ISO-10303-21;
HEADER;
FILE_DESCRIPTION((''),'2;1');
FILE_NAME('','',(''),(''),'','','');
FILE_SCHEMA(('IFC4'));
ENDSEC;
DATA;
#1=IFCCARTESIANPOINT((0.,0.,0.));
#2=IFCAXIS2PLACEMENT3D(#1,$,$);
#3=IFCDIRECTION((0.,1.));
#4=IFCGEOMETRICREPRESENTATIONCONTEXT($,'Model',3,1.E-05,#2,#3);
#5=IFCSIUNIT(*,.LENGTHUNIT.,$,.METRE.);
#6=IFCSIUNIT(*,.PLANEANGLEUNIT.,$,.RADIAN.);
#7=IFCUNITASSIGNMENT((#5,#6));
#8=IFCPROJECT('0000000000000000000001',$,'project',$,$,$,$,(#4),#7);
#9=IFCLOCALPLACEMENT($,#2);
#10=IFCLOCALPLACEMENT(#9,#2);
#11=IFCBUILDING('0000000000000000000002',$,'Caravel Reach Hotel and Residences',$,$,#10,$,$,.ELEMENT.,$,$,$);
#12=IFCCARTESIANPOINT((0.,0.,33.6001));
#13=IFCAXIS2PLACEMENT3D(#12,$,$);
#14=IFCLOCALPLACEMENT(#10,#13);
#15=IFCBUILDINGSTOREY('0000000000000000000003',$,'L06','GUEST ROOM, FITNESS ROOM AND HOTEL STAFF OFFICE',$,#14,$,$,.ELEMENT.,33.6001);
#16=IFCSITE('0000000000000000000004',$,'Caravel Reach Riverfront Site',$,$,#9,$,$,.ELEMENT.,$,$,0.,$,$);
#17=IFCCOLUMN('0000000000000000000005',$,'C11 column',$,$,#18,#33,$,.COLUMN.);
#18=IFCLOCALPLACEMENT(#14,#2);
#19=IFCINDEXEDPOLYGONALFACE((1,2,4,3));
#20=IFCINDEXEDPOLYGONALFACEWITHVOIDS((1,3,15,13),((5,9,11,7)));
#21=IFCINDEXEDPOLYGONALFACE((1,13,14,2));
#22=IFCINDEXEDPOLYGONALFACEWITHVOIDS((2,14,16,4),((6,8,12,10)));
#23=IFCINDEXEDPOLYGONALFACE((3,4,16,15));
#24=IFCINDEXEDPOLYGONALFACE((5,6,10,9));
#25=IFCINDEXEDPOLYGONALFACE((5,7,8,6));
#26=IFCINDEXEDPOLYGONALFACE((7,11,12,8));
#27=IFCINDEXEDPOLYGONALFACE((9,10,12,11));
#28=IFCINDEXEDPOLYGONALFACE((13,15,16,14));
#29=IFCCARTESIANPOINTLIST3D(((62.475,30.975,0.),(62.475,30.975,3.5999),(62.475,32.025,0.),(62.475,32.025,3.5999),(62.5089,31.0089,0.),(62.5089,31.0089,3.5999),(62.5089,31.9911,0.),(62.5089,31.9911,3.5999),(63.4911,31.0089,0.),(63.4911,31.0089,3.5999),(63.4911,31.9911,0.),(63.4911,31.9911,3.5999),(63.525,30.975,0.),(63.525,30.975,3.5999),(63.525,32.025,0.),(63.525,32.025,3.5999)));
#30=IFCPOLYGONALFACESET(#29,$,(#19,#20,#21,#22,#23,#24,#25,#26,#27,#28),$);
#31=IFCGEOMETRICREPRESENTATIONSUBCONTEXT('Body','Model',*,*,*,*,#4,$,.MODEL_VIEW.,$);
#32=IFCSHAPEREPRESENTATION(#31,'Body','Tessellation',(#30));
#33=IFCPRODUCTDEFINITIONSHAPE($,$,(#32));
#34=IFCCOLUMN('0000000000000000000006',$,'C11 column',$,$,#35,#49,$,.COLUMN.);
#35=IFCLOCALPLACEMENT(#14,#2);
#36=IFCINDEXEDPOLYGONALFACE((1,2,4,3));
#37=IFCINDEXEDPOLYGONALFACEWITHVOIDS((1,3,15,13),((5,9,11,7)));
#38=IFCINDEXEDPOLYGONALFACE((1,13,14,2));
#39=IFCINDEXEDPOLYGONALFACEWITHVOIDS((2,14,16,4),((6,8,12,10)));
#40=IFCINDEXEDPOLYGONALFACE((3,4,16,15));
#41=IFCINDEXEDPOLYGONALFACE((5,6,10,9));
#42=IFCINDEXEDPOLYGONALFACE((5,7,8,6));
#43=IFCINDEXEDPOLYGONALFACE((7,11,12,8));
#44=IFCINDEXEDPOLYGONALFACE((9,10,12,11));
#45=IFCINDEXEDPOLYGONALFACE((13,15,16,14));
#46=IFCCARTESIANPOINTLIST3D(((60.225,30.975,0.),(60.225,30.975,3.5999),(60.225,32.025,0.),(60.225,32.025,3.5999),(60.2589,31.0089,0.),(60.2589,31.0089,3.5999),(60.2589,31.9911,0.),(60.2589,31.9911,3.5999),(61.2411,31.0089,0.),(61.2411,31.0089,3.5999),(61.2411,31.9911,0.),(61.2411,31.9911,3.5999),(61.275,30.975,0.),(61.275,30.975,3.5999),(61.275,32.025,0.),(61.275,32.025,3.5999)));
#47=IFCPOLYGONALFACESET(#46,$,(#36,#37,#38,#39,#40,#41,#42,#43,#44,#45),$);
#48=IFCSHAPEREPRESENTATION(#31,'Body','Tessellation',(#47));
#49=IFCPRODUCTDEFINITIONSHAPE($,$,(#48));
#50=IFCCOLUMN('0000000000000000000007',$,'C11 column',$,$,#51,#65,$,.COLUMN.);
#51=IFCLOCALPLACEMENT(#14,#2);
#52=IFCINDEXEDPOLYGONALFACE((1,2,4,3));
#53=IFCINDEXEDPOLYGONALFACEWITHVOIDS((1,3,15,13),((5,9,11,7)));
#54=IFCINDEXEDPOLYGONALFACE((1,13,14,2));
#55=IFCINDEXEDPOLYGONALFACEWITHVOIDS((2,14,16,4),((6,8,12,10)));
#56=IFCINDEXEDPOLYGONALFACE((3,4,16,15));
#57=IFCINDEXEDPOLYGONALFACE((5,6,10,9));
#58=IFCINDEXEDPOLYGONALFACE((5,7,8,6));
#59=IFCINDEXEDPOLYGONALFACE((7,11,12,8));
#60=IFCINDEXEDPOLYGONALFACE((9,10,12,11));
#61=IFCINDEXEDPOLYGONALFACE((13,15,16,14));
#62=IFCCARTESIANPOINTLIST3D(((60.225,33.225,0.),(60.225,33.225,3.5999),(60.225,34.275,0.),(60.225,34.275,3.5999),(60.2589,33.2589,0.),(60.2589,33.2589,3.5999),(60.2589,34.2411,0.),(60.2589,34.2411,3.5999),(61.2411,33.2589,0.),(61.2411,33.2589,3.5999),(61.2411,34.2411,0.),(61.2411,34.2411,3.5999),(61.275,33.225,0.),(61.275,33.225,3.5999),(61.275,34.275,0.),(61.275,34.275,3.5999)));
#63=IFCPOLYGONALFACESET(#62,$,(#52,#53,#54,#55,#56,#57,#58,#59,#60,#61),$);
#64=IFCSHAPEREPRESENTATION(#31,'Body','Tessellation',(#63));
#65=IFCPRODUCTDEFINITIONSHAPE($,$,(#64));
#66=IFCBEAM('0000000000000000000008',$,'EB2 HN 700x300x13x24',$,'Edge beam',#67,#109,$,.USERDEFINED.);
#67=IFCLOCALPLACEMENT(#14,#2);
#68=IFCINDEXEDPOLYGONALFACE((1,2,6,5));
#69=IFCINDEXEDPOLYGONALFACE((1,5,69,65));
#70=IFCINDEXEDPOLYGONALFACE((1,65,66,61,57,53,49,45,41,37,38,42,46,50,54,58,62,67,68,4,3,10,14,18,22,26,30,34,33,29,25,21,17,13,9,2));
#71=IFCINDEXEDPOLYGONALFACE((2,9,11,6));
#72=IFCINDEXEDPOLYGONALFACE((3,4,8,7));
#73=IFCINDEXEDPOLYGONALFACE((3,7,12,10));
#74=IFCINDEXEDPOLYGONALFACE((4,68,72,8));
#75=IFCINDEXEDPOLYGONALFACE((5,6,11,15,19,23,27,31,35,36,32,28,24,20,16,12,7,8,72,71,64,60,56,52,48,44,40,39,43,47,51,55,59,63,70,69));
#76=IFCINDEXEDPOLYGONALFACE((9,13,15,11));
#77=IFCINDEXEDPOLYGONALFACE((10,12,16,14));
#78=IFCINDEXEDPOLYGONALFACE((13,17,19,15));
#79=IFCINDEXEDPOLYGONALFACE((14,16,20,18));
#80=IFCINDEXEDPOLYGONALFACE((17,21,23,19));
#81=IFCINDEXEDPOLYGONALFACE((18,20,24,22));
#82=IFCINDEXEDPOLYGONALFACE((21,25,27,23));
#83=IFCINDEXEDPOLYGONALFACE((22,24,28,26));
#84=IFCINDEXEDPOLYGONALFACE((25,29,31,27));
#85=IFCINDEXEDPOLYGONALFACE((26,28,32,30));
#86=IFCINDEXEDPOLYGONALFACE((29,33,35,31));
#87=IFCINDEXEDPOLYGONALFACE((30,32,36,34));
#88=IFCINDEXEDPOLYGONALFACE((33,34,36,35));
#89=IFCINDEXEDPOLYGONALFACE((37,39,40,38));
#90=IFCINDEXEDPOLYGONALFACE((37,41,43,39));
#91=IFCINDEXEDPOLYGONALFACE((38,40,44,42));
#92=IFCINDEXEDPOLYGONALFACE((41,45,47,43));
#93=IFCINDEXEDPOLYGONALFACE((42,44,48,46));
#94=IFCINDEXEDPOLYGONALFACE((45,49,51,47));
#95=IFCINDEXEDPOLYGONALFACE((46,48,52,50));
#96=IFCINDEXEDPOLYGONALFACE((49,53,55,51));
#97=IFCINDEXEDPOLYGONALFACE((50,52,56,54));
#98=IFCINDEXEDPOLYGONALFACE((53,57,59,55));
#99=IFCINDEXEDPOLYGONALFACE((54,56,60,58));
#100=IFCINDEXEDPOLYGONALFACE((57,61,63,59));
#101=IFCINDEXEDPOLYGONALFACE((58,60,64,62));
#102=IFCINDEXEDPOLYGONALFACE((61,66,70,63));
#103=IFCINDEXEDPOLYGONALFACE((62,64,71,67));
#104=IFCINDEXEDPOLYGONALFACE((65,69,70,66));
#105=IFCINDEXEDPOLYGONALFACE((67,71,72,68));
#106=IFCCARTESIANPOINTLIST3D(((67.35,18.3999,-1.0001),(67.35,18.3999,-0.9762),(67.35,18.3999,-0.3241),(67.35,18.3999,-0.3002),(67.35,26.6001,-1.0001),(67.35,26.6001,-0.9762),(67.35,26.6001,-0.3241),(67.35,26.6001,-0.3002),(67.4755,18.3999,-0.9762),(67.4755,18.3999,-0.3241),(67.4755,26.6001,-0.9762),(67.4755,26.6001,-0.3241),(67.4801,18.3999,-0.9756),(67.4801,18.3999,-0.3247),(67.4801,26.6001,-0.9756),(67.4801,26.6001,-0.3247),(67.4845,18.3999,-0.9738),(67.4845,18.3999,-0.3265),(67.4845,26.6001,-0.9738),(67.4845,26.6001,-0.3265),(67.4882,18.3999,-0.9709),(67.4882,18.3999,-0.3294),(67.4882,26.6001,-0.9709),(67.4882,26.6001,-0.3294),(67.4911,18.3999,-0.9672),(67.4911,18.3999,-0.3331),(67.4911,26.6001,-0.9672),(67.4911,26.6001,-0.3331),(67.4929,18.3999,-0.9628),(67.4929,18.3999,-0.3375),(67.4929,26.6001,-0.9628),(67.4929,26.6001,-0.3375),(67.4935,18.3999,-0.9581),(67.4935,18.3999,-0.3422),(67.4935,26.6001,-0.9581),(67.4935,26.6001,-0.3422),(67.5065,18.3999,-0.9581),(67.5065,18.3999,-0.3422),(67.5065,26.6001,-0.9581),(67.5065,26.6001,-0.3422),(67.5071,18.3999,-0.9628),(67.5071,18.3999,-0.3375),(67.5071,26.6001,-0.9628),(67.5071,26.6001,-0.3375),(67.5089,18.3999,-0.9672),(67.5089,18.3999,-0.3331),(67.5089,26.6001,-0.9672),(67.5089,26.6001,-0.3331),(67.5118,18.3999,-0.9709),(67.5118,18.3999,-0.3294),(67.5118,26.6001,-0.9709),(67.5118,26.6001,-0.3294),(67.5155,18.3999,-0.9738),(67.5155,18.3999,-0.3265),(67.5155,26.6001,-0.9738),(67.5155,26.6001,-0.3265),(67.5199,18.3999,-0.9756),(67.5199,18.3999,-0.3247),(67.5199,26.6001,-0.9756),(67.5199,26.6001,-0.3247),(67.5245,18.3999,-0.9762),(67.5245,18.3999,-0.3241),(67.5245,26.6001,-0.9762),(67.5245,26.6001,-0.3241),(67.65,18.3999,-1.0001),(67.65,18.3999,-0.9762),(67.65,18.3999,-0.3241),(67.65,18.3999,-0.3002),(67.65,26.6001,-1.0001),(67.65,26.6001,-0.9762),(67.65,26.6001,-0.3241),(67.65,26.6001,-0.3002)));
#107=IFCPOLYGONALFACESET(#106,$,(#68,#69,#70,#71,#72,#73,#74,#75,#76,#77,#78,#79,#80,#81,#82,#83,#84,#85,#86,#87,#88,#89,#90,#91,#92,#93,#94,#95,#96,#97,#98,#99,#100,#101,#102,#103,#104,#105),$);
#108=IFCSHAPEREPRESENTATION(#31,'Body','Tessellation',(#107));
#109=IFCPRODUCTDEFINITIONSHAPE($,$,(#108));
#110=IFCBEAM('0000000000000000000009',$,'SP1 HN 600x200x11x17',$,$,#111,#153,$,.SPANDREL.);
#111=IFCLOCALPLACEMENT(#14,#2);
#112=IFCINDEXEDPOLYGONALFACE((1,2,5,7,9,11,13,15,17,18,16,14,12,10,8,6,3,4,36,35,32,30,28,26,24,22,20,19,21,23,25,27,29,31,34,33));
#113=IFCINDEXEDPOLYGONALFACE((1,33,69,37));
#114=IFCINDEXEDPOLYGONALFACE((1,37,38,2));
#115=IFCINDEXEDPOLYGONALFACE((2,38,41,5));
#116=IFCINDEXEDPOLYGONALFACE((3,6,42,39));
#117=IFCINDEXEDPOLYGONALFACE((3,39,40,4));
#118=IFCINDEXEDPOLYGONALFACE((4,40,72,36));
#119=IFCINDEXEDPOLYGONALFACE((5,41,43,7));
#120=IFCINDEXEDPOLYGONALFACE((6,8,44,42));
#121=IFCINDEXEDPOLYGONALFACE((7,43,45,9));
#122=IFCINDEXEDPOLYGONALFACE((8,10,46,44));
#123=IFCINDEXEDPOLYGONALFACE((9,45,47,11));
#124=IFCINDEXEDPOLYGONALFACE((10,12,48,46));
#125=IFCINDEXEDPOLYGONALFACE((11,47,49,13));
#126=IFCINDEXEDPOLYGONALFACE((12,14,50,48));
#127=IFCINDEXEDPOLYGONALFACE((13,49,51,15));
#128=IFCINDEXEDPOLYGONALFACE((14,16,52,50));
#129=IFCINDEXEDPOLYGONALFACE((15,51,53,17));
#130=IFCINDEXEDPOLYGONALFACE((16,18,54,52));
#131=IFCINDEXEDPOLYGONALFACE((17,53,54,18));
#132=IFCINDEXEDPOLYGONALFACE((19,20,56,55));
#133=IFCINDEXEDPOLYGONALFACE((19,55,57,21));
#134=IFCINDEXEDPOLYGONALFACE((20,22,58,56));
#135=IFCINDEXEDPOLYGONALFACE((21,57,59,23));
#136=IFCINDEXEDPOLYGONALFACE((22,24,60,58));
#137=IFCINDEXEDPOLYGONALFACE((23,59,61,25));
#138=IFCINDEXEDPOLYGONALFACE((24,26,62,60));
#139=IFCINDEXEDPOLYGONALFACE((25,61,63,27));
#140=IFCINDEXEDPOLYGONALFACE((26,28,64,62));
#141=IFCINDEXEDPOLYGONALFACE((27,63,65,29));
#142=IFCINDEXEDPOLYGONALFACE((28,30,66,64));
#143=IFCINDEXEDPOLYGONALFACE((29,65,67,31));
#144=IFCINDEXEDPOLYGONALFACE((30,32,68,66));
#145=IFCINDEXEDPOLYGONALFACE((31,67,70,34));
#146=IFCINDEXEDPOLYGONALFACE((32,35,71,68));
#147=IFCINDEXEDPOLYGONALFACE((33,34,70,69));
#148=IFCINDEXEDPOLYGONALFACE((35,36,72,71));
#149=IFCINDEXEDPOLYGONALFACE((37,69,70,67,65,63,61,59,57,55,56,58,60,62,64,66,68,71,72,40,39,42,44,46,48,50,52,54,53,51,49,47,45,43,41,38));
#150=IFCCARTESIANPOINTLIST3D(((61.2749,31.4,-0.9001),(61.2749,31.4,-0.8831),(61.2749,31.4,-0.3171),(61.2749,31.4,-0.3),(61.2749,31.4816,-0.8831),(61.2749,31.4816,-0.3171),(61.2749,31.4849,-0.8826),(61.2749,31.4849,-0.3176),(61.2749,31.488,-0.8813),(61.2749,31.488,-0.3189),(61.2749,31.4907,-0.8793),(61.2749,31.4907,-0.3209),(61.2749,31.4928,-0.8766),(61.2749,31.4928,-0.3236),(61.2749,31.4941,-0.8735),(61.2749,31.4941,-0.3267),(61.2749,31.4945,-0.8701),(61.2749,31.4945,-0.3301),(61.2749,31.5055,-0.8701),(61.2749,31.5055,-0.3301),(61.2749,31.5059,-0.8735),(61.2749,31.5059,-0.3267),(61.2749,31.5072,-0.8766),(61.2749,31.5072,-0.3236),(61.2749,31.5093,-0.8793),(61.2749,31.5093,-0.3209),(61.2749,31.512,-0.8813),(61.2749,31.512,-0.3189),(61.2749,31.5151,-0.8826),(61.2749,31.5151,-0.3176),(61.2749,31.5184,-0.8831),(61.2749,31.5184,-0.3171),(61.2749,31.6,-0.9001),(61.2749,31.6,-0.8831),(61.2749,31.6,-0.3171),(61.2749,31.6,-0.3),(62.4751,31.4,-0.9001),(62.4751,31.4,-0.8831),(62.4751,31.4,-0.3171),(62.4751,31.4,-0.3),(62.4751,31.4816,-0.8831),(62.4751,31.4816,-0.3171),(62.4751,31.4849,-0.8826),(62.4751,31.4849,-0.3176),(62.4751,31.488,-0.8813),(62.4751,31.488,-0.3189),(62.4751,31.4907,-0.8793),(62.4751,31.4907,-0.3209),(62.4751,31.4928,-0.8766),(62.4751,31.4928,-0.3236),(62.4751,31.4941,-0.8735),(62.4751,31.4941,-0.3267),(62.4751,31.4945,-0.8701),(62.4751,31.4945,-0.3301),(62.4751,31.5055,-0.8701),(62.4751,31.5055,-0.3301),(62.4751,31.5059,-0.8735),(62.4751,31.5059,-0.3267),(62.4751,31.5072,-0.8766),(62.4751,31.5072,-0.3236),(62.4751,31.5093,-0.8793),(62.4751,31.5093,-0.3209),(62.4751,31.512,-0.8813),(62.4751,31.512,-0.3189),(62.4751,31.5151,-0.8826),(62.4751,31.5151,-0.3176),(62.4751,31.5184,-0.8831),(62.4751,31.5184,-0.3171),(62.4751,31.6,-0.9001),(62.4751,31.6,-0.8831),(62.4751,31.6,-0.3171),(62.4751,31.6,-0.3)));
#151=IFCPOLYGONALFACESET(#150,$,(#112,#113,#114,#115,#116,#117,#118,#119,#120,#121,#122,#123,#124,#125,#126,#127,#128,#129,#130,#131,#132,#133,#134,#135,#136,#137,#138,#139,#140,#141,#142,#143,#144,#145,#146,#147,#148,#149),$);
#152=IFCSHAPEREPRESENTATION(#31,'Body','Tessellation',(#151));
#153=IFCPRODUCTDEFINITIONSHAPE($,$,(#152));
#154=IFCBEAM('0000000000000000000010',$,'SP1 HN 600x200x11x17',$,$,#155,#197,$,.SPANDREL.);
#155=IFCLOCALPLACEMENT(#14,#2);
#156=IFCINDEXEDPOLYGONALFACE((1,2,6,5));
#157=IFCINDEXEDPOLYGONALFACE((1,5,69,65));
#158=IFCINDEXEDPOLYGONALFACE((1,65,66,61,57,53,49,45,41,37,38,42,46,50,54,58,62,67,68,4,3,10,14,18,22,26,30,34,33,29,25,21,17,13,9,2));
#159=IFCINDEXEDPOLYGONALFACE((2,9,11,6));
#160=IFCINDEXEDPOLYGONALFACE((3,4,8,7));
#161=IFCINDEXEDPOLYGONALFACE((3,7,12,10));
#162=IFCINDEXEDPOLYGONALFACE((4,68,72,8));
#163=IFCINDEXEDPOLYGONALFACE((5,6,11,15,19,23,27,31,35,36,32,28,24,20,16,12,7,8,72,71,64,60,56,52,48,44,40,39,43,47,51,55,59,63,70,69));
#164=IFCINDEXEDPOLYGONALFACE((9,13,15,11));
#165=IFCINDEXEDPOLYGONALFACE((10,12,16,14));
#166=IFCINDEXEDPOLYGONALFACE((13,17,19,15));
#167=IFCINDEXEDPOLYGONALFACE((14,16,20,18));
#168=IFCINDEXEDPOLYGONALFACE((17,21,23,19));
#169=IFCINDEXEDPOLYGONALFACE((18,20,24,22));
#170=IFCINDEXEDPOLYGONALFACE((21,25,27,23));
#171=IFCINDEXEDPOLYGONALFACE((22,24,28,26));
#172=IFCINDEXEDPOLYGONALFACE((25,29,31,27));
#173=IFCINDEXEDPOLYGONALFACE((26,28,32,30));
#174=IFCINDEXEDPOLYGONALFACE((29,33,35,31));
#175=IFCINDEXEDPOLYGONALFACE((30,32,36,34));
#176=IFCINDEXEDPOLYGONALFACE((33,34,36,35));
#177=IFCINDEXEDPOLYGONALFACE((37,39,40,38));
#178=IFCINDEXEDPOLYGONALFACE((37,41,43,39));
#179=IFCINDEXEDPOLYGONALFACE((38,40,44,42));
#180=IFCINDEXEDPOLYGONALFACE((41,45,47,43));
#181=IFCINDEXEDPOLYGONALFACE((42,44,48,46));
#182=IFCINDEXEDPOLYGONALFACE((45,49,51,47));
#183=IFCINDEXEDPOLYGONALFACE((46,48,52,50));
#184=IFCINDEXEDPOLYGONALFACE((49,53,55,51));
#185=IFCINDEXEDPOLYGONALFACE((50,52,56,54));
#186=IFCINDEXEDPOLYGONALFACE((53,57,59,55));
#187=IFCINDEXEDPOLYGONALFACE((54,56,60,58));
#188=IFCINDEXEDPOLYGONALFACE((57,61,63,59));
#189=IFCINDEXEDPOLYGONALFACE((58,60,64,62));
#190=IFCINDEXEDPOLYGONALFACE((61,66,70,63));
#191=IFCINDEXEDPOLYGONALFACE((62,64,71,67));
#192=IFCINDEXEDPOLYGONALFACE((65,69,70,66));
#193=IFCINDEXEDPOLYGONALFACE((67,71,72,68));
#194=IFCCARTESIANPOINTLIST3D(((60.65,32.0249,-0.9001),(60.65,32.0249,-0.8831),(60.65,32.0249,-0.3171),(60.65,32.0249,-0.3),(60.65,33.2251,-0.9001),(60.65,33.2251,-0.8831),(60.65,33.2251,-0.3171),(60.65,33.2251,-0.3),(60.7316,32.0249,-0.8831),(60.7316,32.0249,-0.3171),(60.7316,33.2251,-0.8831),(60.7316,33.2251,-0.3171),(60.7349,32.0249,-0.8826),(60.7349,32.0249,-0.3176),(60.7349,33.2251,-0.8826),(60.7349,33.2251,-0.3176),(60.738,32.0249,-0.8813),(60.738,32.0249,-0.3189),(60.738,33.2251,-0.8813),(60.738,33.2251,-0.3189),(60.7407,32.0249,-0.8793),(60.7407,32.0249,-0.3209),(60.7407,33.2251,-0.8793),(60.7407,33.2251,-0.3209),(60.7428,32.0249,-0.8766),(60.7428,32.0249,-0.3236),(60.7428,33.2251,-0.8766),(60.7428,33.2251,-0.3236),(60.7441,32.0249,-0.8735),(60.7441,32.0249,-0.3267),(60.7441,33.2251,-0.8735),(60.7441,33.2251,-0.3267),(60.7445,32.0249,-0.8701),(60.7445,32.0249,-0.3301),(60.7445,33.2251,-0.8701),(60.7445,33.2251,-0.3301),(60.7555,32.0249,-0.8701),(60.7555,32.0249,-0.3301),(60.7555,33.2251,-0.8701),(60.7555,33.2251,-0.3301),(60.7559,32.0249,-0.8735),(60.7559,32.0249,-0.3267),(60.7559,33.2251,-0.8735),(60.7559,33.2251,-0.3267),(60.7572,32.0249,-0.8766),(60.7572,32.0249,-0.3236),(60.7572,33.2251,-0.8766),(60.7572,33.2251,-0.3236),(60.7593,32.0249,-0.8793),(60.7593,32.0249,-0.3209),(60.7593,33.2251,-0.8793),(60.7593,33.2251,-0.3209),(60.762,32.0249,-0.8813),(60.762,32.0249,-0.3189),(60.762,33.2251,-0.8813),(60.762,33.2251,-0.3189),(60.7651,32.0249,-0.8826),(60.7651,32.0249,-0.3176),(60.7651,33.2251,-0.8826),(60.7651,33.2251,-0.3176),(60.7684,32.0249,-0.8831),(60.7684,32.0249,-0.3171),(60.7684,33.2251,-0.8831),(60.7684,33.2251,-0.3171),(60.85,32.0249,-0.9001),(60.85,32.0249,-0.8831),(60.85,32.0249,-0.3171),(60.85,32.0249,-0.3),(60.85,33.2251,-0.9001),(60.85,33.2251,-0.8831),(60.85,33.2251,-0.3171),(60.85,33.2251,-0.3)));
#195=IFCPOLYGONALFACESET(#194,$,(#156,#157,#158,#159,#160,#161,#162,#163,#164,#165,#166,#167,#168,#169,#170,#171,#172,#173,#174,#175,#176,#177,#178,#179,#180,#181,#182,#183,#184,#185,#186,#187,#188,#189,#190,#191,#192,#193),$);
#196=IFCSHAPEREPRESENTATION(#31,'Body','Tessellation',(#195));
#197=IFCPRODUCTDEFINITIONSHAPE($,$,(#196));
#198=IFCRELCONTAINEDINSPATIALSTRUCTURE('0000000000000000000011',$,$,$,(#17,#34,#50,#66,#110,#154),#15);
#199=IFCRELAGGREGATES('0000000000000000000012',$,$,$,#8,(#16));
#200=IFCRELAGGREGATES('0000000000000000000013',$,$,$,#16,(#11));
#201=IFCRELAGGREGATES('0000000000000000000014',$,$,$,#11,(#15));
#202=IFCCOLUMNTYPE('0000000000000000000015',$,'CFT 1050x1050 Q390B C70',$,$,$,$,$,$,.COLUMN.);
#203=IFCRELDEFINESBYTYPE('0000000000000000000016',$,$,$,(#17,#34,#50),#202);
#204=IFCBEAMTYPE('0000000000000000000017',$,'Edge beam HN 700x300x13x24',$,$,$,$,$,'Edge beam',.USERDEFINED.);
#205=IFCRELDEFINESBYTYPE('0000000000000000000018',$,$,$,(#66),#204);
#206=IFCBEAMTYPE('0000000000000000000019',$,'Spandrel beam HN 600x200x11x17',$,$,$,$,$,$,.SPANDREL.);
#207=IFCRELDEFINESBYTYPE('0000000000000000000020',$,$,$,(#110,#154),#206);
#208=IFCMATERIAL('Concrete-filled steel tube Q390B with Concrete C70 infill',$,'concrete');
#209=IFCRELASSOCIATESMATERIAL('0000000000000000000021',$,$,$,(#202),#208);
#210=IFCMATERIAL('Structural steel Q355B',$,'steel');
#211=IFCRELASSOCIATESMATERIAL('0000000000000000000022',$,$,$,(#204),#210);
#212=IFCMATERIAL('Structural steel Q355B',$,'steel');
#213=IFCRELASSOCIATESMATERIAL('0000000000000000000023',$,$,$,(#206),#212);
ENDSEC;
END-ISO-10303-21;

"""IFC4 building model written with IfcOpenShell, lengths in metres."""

from ifc_helpers import new_model, si_unit, direction, frame, origin, origin_2d, place, context, subcontext, project, spatial, hollow_rectangle, i_section, extrude, material, material_profile, profile_set, type_object, element, save


model = new_model("IFC4")

# Units and contexts
model_context = context("Model", 3, precision=1e-05, world=origin(), true_north=direction((0.0, 1.0)))
body_context = subcontext(model_context, "Body", "Model", "MODEL_VIEW")
ifc_project = project(units=[si_unit("LENGTHUNIT", "METRE"), si_unit("PLANEANGLEUNIT", "RADIAN")], contexts=[model_context])

# Site, building, storey
site_placement = place(None, origin())
site = spatial("IfcSite", under=ifc_project, at=site_placement, Name="Caravel Reach Riverfront Site", CompositionType="ELEMENT", RefElevation=0.0)
building_placement = place(site_placement, origin())
building = spatial("IfcBuilding", under=site, at=building_placement, Name="Caravel Reach Hotel and Residences", CompositionType="ELEMENT")
storey_placement = place(building_placement, frame((0.0, 0.0, 33.6001)))
storey = spatial("IfcBuildingStorey", under=building, at=storey_placement, Name="L06", Description="GUEST ROOM, FITNESS ROOM AND HOTEL STAFF OFFICE", CompositionType="ELEMENT", Elevation=33.6001)

# Columns
ifc_material_1 = material(Name="Concrete-filled steel tube Q390B with Concrete C70 infill", Category="concrete")
ifc_material_profile_1 = material_profile(ifc_material_1, hollow_rectangle(XDim=1.05, YDim=1.05, WallThickness=0.0339, at=origin_2d()), Name="RHS 1050x1050x34")
ifc_profile_set_1 = profile_set([ifc_material_profile_1], Name="Concrete-filled steel tube Q390B with Concrete C70 infill")
column_type = type_object("IfcColumnType", Name="CFT 1050x1050 Q390B C70", PredefinedType="COLUMN", material=ifc_profile_set_1)
for number, where, z_axis, x_axis, name in (
    (1, (63.0, 31.5, 0.0), (0.0, 0.0, 1.0), (1.0, 0.0, 0.0), "C11 column"),
    (2, (60.75, 31.5, 0.0), (0.0, 0.0, 1.0), (1.0, 0.0, 0.0), "C11 column"),
    (3, (60.75, 33.75, 0.0), (0.0, 0.0, 1.0), (1.0, 0.0, 0.0), "C11 column"),
):
    element("IfcColumn", number, at=place(storey_placement, frame(where, z_axis=z_axis, x_axis=x_axis)), inside=storey, type_object=column_type, Name=name, PredefinedType="COLUMN", context=body_context, shape_type="SweptSolid", body=[
        extrude(hollow_rectangle(XDim=1.05, YDim=1.05, WallThickness=0.0339, at=origin_2d()), origin(), (0.0, 0.0, 1.0), 3.5999),
    ])

# Beams
ifc_material_2 = material(Name="Structural steel Q355B", Category="steel")
ifc_material_profile_2 = material_profile(ifc_material_2, i_section(OverallWidth=0.3, OverallDepth=0.7, WebThickness=0.0129, FlangeThickness=0.0239, FilletRadius=0.0181, at=origin_2d()), Name="HN 700x300x13x24")
ifc_profile_set_2 = profile_set([ifc_material_profile_2], Name="Structural steel Q355B")
beam_type_1 = type_object("IfcBeamType", Name="Edge beam HN 700x300x13x24", ElementType="Edge beam", PredefinedType="USERDEFINED", material=ifc_profile_set_2)
beam_placement = place(storey_placement, frame((67.5, 26.6001, -0.6501), z_axis=(0.0, -1.0, 0.0), x_axis=(1.0, 0.0, 0.0)))
element("IfcBeam", 4, at=beam_placement, inside=storey, type_object=beam_type_1, Name="EB2 HN 700x300x13x24", ObjectType="Edge beam", PredefinedType="USERDEFINED", context=body_context, shape_type="SweptSolid", body=[
    extrude(i_section(OverallWidth=0.3, OverallDepth=0.7, WebThickness=0.0129, FlangeThickness=0.0239, FilletRadius=0.0181, at=origin_2d()), origin(), (0.0, 0.0, 1.0), 8.2002),
])
ifc_material_3 = material(Name="Structural steel Q355B", Category="steel")
ifc_material_profile_3 = material_profile(ifc_material_3, i_section(OverallWidth=0.2, OverallDepth=0.6001, WebThickness=0.011, FlangeThickness=0.0171, FilletRadius=0.0129, at=origin_2d()), Name="HN 600x200x11x17")
ifc_profile_set_3 = profile_set([ifc_material_profile_3], Name="Structural steel Q355B")
beam_type_2 = type_object("IfcBeamType", Name="Spandrel beam HN 600x200x11x17", PredefinedType="SPANDREL", material=ifc_profile_set_3)
for number, where, z_axis, x_axis, name in (
    (5, (62.4751, 31.5, -0.6001), (-1.0, 0.0, 0.0), (0.0, -1.0, 0.0), "SP1 HN 600x200x11x17"),
    (6, (60.75, 32.0249, -0.6001), (0.0, 1.0, 0.0), (-1.0, 0.0, 0.0), "SP1 HN 600x200x11x17"),
):
    element("IfcBeam", number, at=place(storey_placement, frame(where, z_axis=z_axis, x_axis=x_axis)), inside=storey, type_object=beam_type_2, Name=name, PredefinedType="SPANDREL", context=body_context, shape_type="SweptSolid", body=[
        extrude(i_section(OverallWidth=0.2, OverallDepth=0.6001, WebThickness=0.011, FlangeThickness=0.0171, FilletRadius=0.0129, at=origin_2d()), origin(), (0.0, 0.0, 1.0), 1.2002),
    ])

save(model, "model.ifc")
